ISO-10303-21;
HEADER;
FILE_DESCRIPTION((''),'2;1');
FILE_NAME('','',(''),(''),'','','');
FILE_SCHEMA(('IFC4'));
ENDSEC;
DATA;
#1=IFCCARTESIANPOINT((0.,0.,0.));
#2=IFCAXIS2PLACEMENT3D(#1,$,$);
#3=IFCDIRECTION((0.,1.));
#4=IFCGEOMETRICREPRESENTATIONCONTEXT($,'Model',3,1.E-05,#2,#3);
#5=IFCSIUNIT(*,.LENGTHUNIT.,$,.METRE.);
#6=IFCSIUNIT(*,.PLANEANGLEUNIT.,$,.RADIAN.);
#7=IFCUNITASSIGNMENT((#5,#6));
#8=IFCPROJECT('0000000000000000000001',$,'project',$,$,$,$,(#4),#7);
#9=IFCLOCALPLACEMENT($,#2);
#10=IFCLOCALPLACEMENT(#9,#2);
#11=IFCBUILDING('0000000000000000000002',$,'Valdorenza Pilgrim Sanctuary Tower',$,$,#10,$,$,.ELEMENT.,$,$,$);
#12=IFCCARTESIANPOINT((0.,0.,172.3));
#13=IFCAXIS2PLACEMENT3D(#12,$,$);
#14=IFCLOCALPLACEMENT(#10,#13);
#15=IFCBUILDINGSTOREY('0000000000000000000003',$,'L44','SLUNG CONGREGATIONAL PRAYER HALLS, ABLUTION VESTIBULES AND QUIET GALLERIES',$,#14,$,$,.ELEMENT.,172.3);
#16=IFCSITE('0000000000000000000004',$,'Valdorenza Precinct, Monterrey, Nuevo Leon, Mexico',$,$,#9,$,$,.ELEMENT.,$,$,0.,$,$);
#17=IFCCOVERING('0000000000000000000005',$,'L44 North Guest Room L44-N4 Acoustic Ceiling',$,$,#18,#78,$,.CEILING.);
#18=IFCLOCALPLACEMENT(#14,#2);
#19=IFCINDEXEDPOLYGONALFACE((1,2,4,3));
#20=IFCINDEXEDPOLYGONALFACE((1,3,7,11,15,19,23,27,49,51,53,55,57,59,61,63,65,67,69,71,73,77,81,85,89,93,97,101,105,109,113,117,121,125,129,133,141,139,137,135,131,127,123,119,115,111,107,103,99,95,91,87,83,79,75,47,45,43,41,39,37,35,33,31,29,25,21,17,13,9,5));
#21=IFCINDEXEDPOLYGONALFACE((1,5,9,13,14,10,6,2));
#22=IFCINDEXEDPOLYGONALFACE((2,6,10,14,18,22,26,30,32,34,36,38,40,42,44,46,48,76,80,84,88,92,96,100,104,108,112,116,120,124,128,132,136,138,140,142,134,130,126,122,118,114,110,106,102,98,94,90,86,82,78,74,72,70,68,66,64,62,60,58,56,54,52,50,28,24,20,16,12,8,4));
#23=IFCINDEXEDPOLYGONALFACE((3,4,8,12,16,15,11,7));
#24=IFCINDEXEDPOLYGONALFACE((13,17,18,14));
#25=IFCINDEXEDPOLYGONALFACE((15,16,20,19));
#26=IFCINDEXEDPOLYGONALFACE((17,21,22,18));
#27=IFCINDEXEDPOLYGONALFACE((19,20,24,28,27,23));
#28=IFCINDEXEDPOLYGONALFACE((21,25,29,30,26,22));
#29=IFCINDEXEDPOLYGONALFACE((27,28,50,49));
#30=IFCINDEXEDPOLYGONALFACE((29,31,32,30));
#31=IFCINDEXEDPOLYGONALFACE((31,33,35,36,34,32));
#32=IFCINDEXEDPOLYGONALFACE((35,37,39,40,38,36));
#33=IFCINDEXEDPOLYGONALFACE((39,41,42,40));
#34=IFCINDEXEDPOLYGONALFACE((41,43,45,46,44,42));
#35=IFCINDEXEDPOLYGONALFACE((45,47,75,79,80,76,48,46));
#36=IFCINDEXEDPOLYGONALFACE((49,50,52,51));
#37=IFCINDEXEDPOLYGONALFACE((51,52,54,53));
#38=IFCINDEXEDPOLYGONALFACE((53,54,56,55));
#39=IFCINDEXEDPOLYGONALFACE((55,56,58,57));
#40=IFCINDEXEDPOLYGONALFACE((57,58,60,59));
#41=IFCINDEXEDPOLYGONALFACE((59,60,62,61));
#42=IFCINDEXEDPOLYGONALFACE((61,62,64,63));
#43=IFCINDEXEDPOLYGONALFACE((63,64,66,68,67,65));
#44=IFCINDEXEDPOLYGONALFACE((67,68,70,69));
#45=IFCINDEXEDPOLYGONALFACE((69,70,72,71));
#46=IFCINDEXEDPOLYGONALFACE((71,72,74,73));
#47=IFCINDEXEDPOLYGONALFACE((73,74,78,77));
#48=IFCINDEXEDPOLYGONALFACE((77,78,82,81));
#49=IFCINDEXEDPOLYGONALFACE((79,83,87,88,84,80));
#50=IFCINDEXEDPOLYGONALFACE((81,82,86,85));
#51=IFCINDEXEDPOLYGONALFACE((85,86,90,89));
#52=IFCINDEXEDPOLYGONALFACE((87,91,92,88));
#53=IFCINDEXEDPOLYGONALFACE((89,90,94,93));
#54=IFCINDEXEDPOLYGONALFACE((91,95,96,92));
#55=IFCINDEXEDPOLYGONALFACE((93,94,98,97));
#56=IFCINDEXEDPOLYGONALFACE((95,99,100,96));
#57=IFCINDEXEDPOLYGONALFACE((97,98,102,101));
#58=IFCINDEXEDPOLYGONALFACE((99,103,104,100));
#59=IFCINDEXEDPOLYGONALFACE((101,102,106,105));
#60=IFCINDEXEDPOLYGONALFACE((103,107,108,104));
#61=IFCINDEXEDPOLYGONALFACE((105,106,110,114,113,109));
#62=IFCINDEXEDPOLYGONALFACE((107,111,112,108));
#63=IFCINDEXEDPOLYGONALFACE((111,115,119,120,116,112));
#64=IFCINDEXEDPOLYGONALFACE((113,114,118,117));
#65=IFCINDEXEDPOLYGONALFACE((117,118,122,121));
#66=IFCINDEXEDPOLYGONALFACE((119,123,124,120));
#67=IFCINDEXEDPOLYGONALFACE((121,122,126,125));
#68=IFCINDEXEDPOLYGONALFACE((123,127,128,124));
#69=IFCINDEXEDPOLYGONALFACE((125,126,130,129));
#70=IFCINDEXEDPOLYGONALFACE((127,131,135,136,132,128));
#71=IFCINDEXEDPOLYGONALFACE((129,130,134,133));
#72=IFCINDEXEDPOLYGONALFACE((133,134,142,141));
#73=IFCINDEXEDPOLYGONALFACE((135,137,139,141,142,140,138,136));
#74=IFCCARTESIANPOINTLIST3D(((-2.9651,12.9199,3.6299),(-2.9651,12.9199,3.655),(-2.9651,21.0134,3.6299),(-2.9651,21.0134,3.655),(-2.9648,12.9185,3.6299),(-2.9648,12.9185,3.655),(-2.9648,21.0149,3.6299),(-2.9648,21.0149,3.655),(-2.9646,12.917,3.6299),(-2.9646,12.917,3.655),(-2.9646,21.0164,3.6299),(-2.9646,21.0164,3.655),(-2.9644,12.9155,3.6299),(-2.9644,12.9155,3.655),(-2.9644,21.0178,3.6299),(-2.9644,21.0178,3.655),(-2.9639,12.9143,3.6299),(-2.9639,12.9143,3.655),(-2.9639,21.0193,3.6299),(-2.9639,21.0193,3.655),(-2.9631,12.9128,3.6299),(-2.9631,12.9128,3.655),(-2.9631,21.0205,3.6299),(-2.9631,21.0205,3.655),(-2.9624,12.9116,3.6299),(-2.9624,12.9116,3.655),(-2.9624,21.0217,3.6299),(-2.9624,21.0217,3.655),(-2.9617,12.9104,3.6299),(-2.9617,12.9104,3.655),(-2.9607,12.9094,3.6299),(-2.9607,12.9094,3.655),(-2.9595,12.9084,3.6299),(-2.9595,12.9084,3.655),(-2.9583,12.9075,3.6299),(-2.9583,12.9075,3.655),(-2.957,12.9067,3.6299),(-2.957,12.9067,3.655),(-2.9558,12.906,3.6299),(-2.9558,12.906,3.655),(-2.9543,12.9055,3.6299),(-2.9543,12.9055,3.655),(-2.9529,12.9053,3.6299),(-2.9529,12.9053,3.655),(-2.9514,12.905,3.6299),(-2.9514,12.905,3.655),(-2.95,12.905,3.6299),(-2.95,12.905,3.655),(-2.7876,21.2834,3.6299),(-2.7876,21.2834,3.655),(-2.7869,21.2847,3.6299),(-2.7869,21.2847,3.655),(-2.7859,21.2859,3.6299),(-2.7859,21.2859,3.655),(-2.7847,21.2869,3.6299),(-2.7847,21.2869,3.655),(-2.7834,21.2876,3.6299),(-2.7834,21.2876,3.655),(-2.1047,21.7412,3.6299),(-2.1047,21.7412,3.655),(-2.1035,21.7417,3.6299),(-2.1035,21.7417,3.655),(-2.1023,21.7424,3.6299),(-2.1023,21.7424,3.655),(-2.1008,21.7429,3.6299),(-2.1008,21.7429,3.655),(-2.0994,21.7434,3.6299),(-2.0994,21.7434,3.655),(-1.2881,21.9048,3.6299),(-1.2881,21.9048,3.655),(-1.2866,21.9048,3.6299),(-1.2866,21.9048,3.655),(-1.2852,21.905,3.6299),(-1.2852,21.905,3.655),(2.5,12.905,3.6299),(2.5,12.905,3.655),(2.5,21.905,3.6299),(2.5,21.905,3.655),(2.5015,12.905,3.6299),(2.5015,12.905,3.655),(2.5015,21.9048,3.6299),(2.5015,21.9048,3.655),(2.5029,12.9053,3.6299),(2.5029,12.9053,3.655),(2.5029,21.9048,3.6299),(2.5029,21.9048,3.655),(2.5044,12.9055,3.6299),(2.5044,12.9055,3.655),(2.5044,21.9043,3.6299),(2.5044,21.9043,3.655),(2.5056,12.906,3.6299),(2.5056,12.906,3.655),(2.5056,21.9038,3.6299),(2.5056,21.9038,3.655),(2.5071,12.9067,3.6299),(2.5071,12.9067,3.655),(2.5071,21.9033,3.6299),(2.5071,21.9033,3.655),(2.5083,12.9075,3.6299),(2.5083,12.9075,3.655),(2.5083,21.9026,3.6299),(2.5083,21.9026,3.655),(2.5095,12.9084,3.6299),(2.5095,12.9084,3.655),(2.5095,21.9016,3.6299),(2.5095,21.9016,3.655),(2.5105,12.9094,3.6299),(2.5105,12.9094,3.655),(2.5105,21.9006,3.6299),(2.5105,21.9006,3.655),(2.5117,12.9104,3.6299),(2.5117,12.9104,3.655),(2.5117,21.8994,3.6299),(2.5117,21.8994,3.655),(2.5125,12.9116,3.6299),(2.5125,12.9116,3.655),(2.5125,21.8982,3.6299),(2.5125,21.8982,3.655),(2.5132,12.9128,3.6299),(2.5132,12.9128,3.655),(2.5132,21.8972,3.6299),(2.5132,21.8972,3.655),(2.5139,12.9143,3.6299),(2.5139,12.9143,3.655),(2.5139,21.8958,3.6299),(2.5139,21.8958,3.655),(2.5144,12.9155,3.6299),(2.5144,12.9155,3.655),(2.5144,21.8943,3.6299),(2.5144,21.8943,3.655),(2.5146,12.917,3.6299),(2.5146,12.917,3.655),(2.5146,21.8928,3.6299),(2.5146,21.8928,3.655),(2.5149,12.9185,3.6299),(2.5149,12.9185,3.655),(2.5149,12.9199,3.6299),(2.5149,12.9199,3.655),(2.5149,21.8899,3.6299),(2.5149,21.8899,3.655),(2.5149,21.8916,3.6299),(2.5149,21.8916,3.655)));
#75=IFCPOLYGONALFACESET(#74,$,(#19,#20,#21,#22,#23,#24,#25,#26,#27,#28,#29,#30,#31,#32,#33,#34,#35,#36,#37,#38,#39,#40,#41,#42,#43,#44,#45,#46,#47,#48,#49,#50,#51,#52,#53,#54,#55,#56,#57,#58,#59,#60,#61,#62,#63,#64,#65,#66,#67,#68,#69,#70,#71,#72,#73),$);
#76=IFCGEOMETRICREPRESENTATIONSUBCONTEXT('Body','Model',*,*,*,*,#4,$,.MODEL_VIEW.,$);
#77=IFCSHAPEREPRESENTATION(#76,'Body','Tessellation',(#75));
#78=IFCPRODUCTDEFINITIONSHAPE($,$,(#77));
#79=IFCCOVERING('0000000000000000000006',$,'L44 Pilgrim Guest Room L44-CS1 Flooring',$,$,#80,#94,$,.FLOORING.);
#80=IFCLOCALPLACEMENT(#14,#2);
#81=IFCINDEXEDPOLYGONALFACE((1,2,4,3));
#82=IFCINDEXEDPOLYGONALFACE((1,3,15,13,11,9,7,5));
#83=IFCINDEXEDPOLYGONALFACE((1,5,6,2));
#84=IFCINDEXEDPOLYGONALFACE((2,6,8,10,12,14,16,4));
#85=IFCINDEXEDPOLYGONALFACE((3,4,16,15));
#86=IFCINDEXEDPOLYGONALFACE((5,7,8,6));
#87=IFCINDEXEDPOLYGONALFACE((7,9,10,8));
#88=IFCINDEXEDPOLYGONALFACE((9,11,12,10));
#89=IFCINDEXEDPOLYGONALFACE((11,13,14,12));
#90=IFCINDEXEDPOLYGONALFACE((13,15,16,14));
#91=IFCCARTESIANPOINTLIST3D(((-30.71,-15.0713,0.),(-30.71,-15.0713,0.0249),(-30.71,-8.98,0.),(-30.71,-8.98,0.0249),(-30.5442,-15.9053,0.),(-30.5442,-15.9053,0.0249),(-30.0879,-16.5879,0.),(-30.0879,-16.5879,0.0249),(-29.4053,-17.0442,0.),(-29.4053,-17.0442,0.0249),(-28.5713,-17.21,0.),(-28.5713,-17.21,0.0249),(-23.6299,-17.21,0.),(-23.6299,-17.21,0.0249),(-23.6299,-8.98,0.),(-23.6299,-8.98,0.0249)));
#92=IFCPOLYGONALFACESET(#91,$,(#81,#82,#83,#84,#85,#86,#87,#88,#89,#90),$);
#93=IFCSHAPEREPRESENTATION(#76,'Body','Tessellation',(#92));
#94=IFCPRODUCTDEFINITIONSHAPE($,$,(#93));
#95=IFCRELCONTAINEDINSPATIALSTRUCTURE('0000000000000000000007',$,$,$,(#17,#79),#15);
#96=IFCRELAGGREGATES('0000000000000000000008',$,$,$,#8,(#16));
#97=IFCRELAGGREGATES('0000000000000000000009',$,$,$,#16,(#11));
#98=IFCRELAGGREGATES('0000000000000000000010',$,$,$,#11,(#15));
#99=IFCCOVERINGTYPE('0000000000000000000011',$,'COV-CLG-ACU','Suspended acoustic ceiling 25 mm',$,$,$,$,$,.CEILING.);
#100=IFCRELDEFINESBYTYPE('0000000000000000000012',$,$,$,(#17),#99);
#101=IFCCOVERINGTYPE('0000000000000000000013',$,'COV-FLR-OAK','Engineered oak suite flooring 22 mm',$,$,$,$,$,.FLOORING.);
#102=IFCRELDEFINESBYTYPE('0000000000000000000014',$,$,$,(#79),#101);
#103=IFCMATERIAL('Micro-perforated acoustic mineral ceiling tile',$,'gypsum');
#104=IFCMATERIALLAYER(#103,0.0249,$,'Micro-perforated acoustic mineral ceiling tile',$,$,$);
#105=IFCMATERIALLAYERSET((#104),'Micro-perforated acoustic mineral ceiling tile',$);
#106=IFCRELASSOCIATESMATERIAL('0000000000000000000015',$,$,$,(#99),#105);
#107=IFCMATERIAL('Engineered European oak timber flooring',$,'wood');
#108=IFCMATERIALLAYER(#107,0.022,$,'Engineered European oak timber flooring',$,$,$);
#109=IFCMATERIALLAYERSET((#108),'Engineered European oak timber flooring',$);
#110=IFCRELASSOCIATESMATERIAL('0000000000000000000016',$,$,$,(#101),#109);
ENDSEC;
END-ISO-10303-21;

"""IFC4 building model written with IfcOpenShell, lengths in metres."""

from ifc_helpers import new_model, si_unit, direction, frame, origin, place, context, subcontext, project, spatial, polyline, outline, extrude, material, layer, layer_set, type_object, element, save


model = new_model("IFC4")

# Units and contexts
model_context = context("Model", 3, precision=1e-05, world=origin(), true_north=direction((0.0, 1.0)))
body_context = subcontext(model_context, "Body", "Model", "MODEL_VIEW")
ifc_project = project(units=[si_unit("LENGTHUNIT", "METRE"), si_unit("PLANEANGLEUNIT", "RADIAN")], contexts=[model_context])

# Site, building, storey
site_placement = place(None, origin())
site = spatial("IfcSite", under=ifc_project, at=site_placement, Name="Valdorenza Precinct, Monterrey, Nuevo Leon, Mexico", CompositionType="ELEMENT", RefElevation=0.0)
building_placement = place(site_placement, origin())
building = spatial("IfcBuilding", under=site, at=building_placement, Name="Valdorenza Pilgrim Sanctuary Tower", CompositionType="ELEMENT")
storey_placement = place(building_placement, frame((0.0, 0.0, 172.3)))
storey = spatial("IfcBuildingStorey", under=building, at=storey_placement, Name="L44", Description="SLUNG CONGREGATIONAL PRAYER HALLS, ABLUTION VESTIBULES AND QUIET GALLERIES", CompositionType="ELEMENT", Elevation=172.3)

# Coverings
ifc_material_1 = material(Name="Micro-perforated acoustic mineral ceiling tile", Category="gypsum")
ifc_layer_1 = layer(ifc_material_1, 0.0249, Name="Micro-perforated acoustic mineral ceiling tile")
ifc_layer_set_1 = layer_set([ifc_layer_1], Name="Micro-perforated acoustic mineral ceiling tile")
covering_type_1 = type_object("IfcCoveringType", Name="COV-CLG-ACU", Description="Suspended acoustic ceiling 25 mm", PredefinedType="CEILING", material=ifc_layer_set_1)
covering_1_placement = place(storey_placement, frame((0.0, 0.0, 3.6299)))
element("IfcCovering", 1, at=covering_1_placement, inside=storey, type_object=covering_type_1, Name="L44 North Guest Room L44-N4 Acoustic Ceiling", PredefinedType="CEILING", context=body_context, shape_type="SweptSolid", body=[
    extrude(outline(polyline([(-2.7876, 21.2834), (-2.7869, 21.2847), (-2.7859, 21.2859), (-2.7847, 21.2869), (-2.7834, 21.2876), (-2.1047, 21.7412), (-2.1035, 21.7417), (-2.1023, 21.7424), (-2.1008, 21.7429), (-2.0994, 21.7434), (-1.2881, 21.9048), (-1.2866, 21.9048), (-1.2852, 21.905), (2.5, 21.905), (2.5015, 21.9048), (2.5029, 21.9048), (2.5044, 21.9043), (2.5056, 21.9038), (2.5071, 21.9033), (2.5083, 21.9026), (2.5095, 21.9016), (2.5105, 21.9006), (2.5117, 21.8994), (2.5125, 21.8982), (2.5132, 21.8972), (2.5139, 21.8958), (2.5144, 21.8943), (2.5146, 21.8928), (2.5149, 21.8916), (2.5149, 21.8899), (2.5149, 12.9199), (2.5149, 12.9185), (2.5146, 12.917), (2.5144, 12.9155), (2.5139, 12.9143), (2.5132, 12.9128), (2.5125, 12.9116), (2.5117, 12.9104), (2.5105, 12.9094), (2.5095, 12.9084), (2.5083, 12.9075), (2.5071, 12.9067), (2.5056, 12.906), (2.5044, 12.9055), (2.5029, 12.9053), (2.5015, 12.905), (2.5, 12.905), (-2.95, 12.905), (-2.9514, 12.905), (-2.9529, 12.9053), (-2.9543, 12.9055), (-2.9558, 12.906), (-2.957, 12.9067), (-2.9583, 12.9075), (-2.9595, 12.9084), (-2.9607, 12.9094), (-2.9617, 12.9104), (-2.9624, 12.9116), (-2.9631, 12.9128), (-2.9639, 12.9143), (-2.9644, 12.9155), (-2.9646, 12.917), (-2.9648, 12.9185), (-2.9651, 12.9199), (-2.9651, 21.0134), (-2.9648, 21.0149), (-2.9646, 21.0164), (-2.9644, 21.0178), (-2.9639, 21.0193), (-2.9631, 21.0205), (-2.9624, 21.0217), (-2.7876, 21.2834)])), origin(), (0.0, 0.0, 1.0), 0.0251),
])
ifc_material_2 = material(Name="Engineered European oak timber flooring", Category="wood")
ifc_layer_2 = layer(ifc_material_2, 0.022, Name="Engineered European oak timber flooring")
ifc_layer_set_2 = layer_set([ifc_layer_2], Name="Engineered European oak timber flooring")
covering_type_2 = type_object("IfcCoveringType", Name="COV-FLR-OAK", Description="Engineered oak suite flooring 22 mm", PredefinedType="FLOORING", material=ifc_layer_set_2)
covering_2_placement = place(storey_placement, origin())
element("IfcCovering", 2, at=covering_2_placement, inside=storey, type_object=covering_type_2, Name="L44 Pilgrim Guest Room L44-CS1 Flooring", PredefinedType="FLOORING", context=body_context, shape_type="SweptSolid", body=[
    extrude(outline(polyline([(-23.6299, -8.98), (-23.6299, -17.21), (-28.5713, -17.21), (-29.4053, -17.0442), (-30.0879, -16.5879), (-30.5442, -15.9053), (-30.71, -15.0713), (-30.71, -8.98), (-23.6299, -8.98)])), origin(), (0.0, 0.0, 1.0), 0.0249),
])

save(model, "model.ifc")
